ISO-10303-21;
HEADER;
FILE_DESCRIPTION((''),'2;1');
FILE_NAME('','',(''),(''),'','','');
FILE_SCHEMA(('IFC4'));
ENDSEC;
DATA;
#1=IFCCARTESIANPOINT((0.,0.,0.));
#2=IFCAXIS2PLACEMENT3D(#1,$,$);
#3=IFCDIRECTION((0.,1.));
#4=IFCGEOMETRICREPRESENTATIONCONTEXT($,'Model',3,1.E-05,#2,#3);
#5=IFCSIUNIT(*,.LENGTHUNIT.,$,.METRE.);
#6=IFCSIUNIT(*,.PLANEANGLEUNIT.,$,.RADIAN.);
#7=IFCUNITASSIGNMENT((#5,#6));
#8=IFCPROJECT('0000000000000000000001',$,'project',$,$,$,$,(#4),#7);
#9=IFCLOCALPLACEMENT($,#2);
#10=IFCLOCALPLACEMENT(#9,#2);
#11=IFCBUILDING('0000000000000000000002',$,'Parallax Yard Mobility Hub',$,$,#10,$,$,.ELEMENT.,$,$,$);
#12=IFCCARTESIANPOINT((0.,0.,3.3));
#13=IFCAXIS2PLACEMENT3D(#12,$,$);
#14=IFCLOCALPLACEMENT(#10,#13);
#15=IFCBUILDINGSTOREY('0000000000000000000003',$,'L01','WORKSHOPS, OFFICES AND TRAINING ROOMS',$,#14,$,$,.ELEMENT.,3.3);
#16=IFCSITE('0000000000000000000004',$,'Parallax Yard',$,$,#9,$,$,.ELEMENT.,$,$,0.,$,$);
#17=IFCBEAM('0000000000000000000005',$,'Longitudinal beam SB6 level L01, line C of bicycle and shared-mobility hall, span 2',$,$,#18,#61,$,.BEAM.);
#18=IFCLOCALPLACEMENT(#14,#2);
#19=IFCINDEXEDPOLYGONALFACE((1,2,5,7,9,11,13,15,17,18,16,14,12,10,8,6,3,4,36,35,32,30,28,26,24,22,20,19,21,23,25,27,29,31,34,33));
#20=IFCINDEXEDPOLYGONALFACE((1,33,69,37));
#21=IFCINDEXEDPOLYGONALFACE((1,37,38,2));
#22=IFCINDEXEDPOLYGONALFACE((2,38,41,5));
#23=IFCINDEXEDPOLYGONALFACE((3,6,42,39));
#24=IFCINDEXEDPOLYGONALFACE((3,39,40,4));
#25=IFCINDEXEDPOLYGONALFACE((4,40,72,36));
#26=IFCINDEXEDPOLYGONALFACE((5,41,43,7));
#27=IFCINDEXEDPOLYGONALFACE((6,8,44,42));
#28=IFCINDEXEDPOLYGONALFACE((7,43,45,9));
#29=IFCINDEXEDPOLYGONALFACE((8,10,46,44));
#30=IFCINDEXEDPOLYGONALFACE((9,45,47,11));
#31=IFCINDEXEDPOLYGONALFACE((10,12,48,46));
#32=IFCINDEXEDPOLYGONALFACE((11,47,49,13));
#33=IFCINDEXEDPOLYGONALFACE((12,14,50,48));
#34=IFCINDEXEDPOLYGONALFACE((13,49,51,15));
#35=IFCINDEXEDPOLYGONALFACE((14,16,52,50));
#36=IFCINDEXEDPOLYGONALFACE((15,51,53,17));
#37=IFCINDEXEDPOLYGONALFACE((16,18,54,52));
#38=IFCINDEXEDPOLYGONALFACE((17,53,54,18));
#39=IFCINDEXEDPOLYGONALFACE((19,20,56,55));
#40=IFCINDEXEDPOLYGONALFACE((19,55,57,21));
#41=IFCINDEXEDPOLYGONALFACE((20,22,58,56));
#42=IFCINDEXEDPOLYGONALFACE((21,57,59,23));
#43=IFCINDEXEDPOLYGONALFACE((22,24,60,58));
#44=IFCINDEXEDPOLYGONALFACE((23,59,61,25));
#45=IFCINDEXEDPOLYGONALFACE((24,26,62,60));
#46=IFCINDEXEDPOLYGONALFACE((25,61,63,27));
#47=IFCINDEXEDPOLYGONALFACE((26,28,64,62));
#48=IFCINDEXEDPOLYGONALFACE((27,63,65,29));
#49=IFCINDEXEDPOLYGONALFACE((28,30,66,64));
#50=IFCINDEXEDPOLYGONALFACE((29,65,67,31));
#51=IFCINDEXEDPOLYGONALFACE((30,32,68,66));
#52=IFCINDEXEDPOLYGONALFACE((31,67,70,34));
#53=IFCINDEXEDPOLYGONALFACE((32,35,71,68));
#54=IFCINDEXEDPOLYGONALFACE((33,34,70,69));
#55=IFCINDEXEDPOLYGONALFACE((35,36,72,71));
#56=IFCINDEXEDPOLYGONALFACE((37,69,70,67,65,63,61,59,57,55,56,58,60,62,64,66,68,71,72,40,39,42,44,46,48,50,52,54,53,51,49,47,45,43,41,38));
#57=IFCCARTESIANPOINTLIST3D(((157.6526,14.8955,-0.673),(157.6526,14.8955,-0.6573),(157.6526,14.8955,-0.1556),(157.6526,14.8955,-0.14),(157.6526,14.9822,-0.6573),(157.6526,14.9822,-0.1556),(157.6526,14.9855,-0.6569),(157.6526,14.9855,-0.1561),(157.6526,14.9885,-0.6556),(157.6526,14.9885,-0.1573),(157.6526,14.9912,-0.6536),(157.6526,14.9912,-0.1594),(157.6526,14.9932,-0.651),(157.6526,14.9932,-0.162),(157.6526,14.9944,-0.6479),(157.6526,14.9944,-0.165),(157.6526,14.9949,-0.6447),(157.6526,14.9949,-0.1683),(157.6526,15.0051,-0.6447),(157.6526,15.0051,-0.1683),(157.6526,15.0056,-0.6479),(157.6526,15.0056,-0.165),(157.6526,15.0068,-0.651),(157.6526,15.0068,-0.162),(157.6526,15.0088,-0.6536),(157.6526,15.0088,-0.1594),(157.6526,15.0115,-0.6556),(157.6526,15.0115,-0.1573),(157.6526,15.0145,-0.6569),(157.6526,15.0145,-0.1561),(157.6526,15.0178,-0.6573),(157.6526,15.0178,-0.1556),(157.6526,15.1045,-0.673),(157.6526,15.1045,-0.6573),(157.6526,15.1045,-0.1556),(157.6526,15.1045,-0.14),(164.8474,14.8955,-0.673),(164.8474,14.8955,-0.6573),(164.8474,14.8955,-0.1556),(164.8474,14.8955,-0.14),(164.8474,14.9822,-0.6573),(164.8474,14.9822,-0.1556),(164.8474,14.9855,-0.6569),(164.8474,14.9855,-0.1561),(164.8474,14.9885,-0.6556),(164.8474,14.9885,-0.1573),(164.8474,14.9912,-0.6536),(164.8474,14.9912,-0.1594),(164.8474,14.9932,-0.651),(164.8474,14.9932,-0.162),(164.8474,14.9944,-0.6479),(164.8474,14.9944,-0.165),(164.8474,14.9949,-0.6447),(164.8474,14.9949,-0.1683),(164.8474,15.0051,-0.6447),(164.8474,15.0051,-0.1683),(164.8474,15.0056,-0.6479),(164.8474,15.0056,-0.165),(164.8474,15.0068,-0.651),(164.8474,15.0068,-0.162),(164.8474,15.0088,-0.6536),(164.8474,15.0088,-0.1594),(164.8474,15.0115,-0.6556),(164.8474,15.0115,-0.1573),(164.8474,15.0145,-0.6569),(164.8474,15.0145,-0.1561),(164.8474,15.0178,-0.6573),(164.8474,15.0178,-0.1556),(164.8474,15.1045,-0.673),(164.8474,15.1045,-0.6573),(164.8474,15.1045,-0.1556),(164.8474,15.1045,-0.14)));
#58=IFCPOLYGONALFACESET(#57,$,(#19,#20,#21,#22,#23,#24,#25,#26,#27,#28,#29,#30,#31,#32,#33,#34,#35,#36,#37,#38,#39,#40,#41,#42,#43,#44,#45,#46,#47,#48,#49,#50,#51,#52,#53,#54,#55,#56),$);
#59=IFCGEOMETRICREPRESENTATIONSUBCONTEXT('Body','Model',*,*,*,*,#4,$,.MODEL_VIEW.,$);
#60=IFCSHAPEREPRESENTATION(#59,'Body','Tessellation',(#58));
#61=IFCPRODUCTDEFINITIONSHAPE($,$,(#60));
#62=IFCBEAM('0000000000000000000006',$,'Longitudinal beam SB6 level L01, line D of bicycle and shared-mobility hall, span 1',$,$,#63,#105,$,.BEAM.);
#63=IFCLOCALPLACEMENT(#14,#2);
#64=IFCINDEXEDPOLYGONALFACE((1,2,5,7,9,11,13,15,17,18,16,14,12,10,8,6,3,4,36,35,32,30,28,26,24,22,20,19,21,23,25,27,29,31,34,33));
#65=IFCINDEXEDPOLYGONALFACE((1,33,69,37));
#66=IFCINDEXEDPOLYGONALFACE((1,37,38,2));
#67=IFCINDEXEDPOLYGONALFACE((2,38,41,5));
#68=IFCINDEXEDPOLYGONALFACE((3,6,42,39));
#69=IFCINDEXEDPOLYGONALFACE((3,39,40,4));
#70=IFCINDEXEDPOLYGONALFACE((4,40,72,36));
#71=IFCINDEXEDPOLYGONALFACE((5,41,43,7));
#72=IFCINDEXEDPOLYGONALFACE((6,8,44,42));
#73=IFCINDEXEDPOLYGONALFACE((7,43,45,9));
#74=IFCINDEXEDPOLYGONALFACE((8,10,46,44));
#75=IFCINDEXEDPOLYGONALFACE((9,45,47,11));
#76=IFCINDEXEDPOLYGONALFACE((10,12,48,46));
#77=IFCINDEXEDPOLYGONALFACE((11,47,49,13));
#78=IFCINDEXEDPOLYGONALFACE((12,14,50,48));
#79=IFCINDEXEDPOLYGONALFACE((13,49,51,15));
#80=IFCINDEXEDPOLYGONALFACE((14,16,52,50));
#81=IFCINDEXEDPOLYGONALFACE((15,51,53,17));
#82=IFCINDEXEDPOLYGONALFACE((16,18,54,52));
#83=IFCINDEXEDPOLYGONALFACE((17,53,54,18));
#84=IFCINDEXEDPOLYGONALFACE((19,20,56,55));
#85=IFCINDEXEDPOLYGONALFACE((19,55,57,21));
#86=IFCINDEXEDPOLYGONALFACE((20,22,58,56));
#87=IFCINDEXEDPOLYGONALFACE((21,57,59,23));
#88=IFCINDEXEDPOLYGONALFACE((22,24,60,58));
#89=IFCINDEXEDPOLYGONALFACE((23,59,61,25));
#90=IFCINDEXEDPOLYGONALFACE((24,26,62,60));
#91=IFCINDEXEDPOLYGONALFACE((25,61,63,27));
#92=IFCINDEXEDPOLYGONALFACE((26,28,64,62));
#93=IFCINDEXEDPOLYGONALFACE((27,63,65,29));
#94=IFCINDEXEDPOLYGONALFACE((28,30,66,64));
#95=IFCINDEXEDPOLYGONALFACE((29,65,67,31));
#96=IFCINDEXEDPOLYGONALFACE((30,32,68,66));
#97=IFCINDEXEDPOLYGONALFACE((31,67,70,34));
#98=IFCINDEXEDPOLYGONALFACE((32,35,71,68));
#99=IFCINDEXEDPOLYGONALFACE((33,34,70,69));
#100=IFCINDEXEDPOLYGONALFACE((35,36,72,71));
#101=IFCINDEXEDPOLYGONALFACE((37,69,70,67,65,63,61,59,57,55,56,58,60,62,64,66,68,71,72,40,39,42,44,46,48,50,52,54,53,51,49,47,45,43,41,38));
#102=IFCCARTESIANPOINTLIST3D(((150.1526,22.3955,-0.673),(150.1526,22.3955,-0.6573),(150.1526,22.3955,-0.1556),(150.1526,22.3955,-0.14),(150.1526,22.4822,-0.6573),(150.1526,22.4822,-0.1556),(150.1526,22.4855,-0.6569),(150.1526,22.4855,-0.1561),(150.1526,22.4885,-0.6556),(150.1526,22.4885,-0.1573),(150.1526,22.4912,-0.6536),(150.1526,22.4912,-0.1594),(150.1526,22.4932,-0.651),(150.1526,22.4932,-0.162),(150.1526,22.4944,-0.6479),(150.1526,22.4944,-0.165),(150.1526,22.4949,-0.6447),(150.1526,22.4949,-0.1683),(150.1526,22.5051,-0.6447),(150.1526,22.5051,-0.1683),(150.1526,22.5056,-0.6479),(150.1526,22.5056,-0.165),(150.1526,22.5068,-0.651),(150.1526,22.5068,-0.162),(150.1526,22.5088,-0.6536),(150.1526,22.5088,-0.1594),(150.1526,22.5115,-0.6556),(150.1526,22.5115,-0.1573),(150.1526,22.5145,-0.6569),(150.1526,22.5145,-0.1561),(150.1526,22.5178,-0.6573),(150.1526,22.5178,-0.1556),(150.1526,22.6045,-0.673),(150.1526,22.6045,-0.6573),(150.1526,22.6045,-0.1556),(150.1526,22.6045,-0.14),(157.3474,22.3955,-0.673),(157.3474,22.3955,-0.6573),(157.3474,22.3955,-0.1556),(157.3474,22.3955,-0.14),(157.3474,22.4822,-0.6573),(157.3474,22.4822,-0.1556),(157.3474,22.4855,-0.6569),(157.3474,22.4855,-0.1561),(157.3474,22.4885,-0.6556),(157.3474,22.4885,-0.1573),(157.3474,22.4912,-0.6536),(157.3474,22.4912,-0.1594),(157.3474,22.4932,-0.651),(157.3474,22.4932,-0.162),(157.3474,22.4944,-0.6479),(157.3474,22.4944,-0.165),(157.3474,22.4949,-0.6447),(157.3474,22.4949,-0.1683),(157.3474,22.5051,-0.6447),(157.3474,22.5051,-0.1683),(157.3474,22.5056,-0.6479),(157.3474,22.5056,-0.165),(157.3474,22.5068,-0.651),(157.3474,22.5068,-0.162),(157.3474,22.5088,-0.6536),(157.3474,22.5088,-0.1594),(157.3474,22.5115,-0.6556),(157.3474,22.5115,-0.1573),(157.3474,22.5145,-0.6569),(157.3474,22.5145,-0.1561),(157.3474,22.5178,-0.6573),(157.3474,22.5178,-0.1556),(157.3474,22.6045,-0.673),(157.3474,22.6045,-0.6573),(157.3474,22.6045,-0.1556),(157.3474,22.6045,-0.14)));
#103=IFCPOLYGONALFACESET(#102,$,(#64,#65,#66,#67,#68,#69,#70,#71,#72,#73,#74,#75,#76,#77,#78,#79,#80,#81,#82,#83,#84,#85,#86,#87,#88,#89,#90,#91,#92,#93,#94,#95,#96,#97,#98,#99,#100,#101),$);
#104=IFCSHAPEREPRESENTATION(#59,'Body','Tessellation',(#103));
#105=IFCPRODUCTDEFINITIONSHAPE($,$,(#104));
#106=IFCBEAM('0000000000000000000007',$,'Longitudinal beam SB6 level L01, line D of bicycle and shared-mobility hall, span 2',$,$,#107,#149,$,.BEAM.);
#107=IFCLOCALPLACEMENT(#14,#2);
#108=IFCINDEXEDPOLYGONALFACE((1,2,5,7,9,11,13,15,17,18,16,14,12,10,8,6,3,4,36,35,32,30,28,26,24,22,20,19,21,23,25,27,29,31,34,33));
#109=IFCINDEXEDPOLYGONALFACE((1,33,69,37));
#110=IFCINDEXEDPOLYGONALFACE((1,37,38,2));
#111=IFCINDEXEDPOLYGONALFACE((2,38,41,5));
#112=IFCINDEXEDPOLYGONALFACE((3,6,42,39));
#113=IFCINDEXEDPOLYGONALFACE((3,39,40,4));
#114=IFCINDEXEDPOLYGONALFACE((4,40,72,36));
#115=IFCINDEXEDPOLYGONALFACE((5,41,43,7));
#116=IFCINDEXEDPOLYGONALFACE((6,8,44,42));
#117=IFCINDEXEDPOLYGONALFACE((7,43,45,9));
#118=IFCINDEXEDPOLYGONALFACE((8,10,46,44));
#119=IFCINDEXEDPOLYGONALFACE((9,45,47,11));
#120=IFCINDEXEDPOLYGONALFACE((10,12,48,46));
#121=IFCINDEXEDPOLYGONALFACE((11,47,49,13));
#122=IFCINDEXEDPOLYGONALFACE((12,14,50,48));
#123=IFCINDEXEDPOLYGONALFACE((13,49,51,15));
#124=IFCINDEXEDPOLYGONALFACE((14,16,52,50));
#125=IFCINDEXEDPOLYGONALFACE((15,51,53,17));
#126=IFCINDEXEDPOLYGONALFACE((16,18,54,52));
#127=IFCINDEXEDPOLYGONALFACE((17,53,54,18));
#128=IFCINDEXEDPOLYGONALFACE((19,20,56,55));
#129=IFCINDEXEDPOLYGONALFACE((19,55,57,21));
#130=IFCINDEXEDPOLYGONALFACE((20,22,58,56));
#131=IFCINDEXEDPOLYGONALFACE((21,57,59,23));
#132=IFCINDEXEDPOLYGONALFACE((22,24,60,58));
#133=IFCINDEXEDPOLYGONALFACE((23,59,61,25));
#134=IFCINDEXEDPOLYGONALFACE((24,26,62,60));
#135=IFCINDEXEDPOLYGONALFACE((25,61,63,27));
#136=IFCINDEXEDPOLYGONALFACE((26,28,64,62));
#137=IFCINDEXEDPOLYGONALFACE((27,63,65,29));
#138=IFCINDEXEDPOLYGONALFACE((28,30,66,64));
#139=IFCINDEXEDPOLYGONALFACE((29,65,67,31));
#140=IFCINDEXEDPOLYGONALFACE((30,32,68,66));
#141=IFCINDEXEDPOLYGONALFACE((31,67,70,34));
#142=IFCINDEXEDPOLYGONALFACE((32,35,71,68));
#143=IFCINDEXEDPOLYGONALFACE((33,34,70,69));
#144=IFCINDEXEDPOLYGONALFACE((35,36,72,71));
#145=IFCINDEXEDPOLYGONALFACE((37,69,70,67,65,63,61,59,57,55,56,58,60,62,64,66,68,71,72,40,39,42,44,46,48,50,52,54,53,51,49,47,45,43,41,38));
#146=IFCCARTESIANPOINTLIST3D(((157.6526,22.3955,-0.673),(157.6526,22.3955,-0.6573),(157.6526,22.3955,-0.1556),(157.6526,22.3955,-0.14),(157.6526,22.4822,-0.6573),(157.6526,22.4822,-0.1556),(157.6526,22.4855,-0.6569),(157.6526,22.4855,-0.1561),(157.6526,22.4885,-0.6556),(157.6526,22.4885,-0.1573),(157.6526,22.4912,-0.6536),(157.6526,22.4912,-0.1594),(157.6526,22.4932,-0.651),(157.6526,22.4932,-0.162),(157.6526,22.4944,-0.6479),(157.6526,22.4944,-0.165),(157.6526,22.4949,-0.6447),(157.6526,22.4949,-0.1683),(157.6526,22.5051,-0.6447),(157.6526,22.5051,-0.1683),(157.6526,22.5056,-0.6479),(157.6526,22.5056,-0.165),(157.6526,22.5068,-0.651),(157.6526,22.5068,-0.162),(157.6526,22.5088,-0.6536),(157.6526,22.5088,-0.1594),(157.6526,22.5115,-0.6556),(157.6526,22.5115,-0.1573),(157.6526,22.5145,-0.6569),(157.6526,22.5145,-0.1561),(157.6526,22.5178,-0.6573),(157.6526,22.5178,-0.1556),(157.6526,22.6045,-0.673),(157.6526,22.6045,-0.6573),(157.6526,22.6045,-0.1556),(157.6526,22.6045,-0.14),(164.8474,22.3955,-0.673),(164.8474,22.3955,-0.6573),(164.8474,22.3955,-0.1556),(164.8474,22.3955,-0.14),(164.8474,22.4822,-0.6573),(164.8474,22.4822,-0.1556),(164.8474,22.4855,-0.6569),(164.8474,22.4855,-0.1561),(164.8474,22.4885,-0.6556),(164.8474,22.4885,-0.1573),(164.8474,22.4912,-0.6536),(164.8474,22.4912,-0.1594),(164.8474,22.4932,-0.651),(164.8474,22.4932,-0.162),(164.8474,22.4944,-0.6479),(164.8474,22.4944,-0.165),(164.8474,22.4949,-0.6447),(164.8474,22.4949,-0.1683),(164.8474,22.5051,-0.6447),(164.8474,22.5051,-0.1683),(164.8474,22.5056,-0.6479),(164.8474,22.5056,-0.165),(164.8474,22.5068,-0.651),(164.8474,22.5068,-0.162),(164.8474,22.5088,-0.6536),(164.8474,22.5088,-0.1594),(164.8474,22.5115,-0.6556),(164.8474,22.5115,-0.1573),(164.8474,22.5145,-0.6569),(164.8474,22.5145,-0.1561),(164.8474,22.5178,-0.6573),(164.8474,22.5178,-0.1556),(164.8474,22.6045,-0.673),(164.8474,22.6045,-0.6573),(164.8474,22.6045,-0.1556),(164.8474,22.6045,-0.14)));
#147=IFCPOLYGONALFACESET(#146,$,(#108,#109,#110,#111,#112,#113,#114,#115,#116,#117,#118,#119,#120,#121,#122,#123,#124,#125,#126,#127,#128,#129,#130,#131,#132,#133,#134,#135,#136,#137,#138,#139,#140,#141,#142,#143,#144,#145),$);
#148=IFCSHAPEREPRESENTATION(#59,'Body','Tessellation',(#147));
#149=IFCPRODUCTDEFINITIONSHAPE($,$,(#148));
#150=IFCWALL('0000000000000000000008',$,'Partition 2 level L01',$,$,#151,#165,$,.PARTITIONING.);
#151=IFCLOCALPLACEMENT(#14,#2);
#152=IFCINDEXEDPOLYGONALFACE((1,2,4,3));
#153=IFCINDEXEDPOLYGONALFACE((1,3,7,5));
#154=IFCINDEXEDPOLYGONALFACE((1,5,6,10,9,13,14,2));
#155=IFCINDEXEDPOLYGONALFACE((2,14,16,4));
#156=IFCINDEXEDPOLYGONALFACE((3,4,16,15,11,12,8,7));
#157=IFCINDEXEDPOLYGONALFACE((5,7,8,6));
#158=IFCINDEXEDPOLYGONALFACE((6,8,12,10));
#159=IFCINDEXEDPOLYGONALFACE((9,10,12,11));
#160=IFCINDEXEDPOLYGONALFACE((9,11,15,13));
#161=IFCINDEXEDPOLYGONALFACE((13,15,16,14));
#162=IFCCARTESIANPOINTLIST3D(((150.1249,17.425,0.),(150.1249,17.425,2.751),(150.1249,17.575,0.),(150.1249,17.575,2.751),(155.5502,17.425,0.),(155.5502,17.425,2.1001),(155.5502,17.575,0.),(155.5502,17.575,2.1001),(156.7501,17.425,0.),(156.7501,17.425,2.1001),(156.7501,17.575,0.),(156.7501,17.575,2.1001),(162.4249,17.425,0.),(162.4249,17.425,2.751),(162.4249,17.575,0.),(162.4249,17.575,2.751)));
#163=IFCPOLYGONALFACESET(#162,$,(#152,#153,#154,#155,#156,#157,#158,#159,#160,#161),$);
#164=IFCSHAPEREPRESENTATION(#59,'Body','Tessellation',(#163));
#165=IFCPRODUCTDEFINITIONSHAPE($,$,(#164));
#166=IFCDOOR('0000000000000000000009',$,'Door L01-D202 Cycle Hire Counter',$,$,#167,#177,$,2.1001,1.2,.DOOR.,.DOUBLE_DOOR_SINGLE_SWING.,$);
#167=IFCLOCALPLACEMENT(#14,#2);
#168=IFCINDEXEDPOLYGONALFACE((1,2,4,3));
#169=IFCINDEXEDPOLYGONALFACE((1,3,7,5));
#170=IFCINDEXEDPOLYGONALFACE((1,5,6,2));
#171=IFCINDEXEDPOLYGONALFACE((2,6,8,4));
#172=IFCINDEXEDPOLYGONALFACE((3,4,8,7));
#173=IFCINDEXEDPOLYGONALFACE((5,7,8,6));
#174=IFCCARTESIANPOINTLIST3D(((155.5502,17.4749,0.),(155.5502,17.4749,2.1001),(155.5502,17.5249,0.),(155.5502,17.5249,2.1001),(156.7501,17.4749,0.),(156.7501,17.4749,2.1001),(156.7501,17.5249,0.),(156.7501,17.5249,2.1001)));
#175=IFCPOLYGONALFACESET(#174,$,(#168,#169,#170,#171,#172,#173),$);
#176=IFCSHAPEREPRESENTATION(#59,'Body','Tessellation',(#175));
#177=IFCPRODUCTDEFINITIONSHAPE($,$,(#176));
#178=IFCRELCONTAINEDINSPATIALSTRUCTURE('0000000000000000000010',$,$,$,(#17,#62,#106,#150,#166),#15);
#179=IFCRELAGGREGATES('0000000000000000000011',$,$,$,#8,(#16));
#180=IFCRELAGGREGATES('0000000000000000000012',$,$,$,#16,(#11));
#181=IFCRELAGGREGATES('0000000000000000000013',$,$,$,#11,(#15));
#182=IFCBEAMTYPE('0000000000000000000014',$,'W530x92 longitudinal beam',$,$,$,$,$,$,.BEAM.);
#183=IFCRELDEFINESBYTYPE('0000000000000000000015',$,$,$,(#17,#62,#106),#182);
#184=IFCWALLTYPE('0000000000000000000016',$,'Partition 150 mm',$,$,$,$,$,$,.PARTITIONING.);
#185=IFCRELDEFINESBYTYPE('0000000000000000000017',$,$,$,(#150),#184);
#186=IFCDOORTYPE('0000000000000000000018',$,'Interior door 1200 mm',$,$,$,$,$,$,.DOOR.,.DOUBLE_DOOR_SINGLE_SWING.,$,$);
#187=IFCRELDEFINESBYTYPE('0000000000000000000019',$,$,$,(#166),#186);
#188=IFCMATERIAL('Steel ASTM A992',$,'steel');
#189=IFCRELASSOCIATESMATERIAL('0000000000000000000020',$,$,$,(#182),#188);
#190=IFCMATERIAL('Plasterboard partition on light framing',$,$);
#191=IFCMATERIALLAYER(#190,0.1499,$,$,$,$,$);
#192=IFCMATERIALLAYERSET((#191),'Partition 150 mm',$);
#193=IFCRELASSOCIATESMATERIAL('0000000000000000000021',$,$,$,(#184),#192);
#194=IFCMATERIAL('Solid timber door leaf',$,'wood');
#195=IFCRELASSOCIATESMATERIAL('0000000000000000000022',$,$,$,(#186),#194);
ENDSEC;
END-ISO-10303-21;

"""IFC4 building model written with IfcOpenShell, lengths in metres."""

from ifc_helpers import new_model, si_unit, direction, frame, frame_2d, origin, origin_2d, place, context, subcontext, project, spatial, rectangle, i_section, extrude, material, layer, layer_set, material_profile, profile_set, type_object, element, fill, save


model = new_model("IFC4")

# Units and contexts
model_context = context("Model", 3, precision=1e-05, world=origin(), true_north=direction((0.0, 1.0)))
body_context = subcontext(model_context, "Body", "Model", "MODEL_VIEW")
ifc_project = project(units=[si_unit("LENGTHUNIT", "METRE"), si_unit("PLANEANGLEUNIT", "RADIAN")], contexts=[model_context])

# Site, building, storey
site_placement = place(None, origin())
site = spatial("IfcSite", under=ifc_project, at=site_placement, Name="Parallax Yard", CompositionType="ELEMENT", RefElevation=0.0)
building_placement = place(site_placement, origin())
building = spatial("IfcBuilding", under=site, at=building_placement, Name="Parallax Yard Mobility Hub", CompositionType="ELEMENT")
storey_placement = place(building_placement, frame((0.0, 0.0, 3.3)))
storey = spatial("IfcBuildingStorey", under=building, at=storey_placement, Name="L01", Description="WORKSHOPS, OFFICES AND TRAINING ROOMS", CompositionType="ELEMENT", Elevation=3.3)

# Shared definitions
ifc_material_1 = material(Name="Steel ASTM A992", Category="steel")

# Beams
ifc_material_profile_1 = material_profile(ifc_material_1, i_section(OverallWidth=0.209, OverallDepth=0.533, WebThickness=0.0103, FlangeThickness=0.0156, FilletRadius=0.0127, at=origin_2d()), Name="W530x92")
ifc_profile_set_1 = profile_set([ifc_material_profile_1], Name="Steel ASTM A992")
beam_type_1 = type_object("IfcBeamType", Name="W530x92 longitudinal beam", PredefinedType="BEAM", material=ifc_profile_set_1)
for number, where, z_axis, x_axis, name in (
    (1, (157.6526, 15.0, -0.4065), (1.0, 0.0, 0.0), (0.0, 1.0, 0.0), "Longitudinal beam SB6 level L01, line C of bicycle and shared-mobility hall, span 2"),
    (2, (150.1526, 22.5, -0.4065), (1.0, 0.0, 0.0), (0.0, 1.0, 0.0), "Longitudinal beam SB6 level L01, line D of bicycle and shared-mobility hall, span 1"),
    (3, (157.6526, 22.5, -0.4065), (1.0, 0.0, 0.0), (0.0, 1.0, 0.0), "Longitudinal beam SB6 level L01, line D of bicycle and shared-mobility hall, span 2"),
):
    element("IfcBeam", number, at=place(storey_placement, frame(where, z_axis=z_axis, x_axis=x_axis)), inside=storey, type_object=beam_type_1, Name=name, PredefinedType="BEAM", context=body_context, shape_type="SweptSolid", body=[
        extrude(i_section(OverallWidth=0.209, OverallDepth=0.533, WebThickness=0.0103, FlangeThickness=0.0156, FilletRadius=0.0127, at=origin_2d()), origin(), (0.0, 0.0, 1.0), 7.1948),
    ])

# Wall, opening, door
ifc_material_2 = material(Name="Plasterboard partition on light framing")
ifc_layer = layer(ifc_material_2, 0.1499)
ifc_layer_set = layer_set([ifc_layer], Name="Partition 150 mm")
wall_type = type_object("IfcWallType", Name="Partition 150 mm", PredefinedType="PARTITIONING", material=ifc_layer_set)
wall_1_placement = place(storey_placement, frame((150.125, 17.5, 0.0), z_axis=(0.0, 0.0, 1.0), x_axis=(1.0, 0.0, 0.0)))
wall_1 = element("IfcWall", 4, at=wall_1_placement, inside=storey, type_object=wall_type, Name="Partition 2 level L01", PredefinedType="PARTITIONING", context=body_context, shape_type="SweptSolid", body=[
    extrude(rectangle(XDim=12.3, YDim=0.1499, at=frame_2d((6.1499, 0.0))), origin(), (0.0, 0.0, 1.0), 2.751),
])
opening_1_placement = place(wall_1_placement, frame((5.425, 0.0, 0.0)))
opening_1 = element("IfcOpeningElement", 5, at=opening_1_placement, cuts=wall_1, PredefinedType="OPENING", context=body_context, shape_type="SweptSolid", body=[
    extrude(rectangle(XDim=1.2, YDim=2.1001, at=frame_2d((0.6001, 1.05))), frame((0.0, 0.085, 0.0), z_axis=(0.0, -1.0, 0.0), x_axis=(1.0, 0.0, 0.0)), (0.0, 0.0, 1.0), 0.1699),
])
ifc_material_3 = material(Name="Solid timber door leaf", Category="wood")
door_type = type_object("IfcDoorType", Name="Interior door 1200 mm", OperationType="DOUBLE_DOOR_SINGLE_SWING", PredefinedType="DOOR", material=ifc_material_3)
door_1_placement = place(opening_1_placement, origin())
door_1 = element("IfcDoor", 6, at=door_1_placement, inside=storey, type_object=door_type, Name="Door L01-D202 Cycle Hire Counter", OperationType="DOUBLE_DOOR_SINGLE_SWING", OverallHeight=2.1001, OverallWidth=1.2, PredefinedType="DOOR", context=body_context, shape_type="SweptSolid", body=[
    extrude(rectangle(XDim=1.2, YDim=2.1001, at=frame_2d((0.6001, 1.05))), frame((0.0, 0.0249, 0.0), z_axis=(0.0, -1.0, 0.0), x_axis=(1.0, 0.0, 0.0)), (0.0, 0.0, 1.0), 0.05),
])
fill(opening_1, door_1)

save(model, "model.ifc")
